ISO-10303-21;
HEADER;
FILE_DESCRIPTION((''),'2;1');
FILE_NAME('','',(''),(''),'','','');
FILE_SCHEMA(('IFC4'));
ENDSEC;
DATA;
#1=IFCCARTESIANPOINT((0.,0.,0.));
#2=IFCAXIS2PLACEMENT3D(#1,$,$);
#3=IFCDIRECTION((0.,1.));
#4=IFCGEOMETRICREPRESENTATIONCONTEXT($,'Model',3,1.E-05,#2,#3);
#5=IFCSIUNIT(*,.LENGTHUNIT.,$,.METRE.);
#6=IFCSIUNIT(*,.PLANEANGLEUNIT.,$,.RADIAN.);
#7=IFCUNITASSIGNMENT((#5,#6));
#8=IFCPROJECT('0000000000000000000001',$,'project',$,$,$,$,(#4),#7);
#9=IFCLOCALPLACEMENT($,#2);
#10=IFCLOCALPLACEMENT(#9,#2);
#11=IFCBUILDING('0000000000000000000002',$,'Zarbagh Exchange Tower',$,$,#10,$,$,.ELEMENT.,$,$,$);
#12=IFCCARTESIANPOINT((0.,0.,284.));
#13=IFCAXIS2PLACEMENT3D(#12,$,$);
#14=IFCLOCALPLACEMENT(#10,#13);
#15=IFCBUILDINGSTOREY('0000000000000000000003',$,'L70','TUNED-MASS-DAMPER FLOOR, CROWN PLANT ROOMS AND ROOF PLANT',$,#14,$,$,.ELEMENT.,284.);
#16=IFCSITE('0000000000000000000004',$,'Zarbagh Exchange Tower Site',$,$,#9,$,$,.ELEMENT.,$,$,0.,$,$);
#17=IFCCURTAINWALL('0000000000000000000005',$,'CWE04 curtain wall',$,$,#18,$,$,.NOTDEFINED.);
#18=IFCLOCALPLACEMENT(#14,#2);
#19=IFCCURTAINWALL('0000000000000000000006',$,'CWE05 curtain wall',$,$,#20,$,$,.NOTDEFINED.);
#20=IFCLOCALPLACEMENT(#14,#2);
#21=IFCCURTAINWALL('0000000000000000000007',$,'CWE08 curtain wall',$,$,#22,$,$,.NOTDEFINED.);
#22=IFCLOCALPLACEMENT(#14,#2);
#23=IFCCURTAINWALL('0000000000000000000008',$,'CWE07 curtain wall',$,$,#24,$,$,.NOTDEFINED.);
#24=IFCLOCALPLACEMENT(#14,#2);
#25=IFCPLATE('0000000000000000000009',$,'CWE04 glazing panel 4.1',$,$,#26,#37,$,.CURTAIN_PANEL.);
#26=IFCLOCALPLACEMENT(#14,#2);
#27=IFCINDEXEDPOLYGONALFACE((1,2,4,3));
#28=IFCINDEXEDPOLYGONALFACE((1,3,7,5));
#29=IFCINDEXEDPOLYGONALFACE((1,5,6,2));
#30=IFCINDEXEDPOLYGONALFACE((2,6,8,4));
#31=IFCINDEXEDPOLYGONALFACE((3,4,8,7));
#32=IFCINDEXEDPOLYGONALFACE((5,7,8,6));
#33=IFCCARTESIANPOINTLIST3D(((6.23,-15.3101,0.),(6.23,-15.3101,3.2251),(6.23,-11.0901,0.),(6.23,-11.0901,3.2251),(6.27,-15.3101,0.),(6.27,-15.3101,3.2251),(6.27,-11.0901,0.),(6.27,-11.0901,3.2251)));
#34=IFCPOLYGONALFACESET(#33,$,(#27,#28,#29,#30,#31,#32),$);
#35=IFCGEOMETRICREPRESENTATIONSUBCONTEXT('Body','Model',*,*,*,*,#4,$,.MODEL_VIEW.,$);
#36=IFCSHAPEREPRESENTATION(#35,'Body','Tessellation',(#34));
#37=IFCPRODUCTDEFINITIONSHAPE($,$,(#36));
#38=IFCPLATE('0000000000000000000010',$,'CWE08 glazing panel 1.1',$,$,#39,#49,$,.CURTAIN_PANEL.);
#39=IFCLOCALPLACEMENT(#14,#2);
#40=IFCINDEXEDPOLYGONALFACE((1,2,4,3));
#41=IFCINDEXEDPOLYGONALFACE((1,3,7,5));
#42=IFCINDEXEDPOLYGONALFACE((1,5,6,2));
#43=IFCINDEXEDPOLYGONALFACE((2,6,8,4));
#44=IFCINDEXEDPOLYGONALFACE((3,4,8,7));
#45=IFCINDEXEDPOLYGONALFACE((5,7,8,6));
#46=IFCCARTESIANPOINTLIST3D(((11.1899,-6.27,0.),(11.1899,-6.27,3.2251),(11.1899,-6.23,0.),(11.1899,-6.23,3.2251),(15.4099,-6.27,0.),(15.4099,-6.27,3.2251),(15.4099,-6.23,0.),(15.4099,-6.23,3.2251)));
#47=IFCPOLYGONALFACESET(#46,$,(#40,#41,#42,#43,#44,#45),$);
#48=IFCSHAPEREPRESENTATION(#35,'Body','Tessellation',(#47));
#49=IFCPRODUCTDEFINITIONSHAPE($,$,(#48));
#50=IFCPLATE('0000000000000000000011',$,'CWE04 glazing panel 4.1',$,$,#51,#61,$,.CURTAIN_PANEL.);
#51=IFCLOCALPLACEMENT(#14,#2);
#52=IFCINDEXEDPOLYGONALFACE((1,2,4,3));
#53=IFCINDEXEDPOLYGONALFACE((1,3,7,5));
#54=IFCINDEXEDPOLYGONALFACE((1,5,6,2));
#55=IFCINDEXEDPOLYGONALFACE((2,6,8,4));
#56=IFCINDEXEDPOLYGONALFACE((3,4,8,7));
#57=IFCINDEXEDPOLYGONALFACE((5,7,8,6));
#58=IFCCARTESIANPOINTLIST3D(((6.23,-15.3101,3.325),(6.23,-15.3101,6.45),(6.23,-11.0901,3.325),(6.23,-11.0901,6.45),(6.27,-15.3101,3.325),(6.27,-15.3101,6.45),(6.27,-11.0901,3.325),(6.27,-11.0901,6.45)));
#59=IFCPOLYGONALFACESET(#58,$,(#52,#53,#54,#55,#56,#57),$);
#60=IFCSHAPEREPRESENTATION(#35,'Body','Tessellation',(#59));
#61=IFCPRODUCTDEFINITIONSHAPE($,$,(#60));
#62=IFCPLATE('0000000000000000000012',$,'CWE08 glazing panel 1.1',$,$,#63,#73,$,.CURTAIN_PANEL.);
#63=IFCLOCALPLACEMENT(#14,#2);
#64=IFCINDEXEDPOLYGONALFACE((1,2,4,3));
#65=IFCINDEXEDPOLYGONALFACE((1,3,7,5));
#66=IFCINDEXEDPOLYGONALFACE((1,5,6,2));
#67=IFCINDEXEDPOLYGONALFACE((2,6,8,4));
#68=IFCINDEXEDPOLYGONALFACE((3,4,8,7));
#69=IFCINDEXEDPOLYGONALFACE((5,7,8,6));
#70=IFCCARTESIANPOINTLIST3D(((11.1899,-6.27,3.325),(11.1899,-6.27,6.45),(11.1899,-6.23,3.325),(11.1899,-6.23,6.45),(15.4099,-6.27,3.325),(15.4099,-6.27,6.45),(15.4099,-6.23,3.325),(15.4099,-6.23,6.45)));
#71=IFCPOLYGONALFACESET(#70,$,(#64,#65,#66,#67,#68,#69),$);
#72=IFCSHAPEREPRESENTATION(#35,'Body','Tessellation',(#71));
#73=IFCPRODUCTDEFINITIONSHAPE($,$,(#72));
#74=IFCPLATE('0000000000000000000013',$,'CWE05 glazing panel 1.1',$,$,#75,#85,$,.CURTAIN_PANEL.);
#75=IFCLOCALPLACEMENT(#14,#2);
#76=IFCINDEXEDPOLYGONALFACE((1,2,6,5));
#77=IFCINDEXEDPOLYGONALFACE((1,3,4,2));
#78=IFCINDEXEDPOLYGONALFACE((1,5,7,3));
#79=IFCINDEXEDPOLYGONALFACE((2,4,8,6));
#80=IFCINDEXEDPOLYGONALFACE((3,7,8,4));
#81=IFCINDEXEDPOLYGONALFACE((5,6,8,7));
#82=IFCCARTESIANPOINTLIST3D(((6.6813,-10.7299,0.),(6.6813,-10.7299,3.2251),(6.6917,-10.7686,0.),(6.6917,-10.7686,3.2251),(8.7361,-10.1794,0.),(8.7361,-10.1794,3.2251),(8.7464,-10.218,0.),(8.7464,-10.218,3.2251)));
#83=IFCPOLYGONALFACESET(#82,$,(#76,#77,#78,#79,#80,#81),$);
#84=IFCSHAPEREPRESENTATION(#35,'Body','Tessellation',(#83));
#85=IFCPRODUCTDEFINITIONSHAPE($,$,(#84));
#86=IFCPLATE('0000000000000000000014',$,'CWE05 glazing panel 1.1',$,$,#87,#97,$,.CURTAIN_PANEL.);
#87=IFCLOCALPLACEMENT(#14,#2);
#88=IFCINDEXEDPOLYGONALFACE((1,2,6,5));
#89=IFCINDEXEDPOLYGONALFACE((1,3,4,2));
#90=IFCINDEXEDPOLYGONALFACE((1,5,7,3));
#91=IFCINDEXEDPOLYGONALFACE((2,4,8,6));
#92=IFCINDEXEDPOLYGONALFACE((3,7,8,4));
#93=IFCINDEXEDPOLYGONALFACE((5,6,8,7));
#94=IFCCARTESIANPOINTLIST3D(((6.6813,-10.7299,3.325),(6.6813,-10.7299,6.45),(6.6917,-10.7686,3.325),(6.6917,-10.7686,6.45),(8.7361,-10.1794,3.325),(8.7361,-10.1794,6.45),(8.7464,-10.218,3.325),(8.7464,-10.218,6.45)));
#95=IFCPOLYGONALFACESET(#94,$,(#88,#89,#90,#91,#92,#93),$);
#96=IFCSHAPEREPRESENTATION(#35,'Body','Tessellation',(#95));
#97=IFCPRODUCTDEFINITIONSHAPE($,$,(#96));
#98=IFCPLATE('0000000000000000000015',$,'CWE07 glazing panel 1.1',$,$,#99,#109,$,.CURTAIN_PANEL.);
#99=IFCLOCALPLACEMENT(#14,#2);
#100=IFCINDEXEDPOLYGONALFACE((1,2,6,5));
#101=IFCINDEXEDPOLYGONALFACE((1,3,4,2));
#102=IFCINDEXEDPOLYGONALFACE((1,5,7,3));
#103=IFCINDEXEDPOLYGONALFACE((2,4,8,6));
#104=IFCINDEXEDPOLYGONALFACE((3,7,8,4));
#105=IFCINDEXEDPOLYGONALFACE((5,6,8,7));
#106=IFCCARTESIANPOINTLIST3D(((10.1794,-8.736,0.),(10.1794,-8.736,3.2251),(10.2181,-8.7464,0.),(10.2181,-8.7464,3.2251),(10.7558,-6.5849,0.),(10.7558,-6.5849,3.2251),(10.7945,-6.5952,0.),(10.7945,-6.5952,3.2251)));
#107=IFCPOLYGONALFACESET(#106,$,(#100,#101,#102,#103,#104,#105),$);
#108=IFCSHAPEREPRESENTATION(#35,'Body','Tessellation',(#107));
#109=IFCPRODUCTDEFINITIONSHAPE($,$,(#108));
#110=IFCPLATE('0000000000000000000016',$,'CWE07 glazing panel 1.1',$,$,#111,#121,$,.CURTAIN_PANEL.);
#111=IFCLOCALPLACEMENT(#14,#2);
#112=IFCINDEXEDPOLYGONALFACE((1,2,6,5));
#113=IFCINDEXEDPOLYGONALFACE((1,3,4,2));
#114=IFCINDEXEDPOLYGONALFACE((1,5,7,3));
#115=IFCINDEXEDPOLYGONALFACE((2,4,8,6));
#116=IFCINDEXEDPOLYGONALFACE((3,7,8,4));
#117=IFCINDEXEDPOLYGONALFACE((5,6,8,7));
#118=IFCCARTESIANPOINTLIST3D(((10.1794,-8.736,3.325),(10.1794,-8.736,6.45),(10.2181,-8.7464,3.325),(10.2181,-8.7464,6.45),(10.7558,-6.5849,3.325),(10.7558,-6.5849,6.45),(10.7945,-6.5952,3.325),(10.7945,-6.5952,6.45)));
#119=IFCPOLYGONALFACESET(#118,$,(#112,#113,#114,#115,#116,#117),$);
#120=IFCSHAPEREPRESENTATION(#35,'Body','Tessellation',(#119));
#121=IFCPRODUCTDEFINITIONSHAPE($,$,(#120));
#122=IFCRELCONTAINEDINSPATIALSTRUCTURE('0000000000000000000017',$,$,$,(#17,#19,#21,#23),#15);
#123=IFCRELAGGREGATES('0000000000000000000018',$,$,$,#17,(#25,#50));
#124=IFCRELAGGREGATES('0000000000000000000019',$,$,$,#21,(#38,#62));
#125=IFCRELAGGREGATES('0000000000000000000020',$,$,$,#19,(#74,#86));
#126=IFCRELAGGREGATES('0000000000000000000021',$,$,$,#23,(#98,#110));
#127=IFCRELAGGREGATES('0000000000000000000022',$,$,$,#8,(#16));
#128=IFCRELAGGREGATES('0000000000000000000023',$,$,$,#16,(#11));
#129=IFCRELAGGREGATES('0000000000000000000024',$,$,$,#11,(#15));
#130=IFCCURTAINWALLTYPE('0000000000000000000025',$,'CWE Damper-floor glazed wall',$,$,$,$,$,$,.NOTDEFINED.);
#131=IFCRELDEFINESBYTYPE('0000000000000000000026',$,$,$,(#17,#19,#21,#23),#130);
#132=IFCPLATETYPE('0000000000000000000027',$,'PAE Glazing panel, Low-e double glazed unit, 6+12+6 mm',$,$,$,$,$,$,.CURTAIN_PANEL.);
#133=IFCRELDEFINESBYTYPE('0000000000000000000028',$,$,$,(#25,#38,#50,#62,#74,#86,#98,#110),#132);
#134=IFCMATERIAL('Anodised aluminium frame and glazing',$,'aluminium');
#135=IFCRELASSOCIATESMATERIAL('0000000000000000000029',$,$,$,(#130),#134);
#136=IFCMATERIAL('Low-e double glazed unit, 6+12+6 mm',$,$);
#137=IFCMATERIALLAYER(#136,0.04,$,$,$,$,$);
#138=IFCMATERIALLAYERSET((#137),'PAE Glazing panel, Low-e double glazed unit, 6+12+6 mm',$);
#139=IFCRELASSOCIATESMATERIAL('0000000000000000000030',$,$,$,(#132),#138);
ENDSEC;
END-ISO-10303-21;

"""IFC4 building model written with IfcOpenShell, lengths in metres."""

from ifc_helpers import new_model, si_unit, direction, frame, origin, place, context, subcontext, project, spatial, polyline, outline, extrude, source, transform, mapped, material, layer, layer_set, type_object, element, aggregate, save


model = new_model("IFC4")

# Units and contexts
model_context = context("Model", 3, precision=1e-05, world=origin(), true_north=direction((0.0, 1.0)))
body_context = subcontext(model_context, "Body", "Model", "MODEL_VIEW")
ifc_project = project(units=[si_unit("LENGTHUNIT", "METRE"), si_unit("PLANEANGLEUNIT", "RADIAN")], contexts=[model_context])

# Site, building, storey
site_placement = place(None, origin())
site = spatial("IfcSite", under=ifc_project, at=site_placement, Name="Zarbagh Exchange Tower Site", CompositionType="ELEMENT", RefElevation=0.0)
building_placement = place(site_placement, origin())
building = spatial("IfcBuilding", under=site, at=building_placement, Name="Zarbagh Exchange Tower", CompositionType="ELEMENT")
storey_placement = place(building_placement, frame((0.0, 0.0, 284.0)))
storey = spatial("IfcBuildingStorey", under=building, at=storey_placement, Name="L70", Description="TUNED-MASS-DAMPER FLOOR, CROWN PLANT ROOMS AND ROOF PLANT", CompositionType="ELEMENT", Elevation=284.0)

# Curtain walls
ifc_material_1 = material(Name="Anodised aluminium frame and glazing", Category="aluminium")
curtain_wall_type = type_object("IfcCurtainWallType", Name="CWE Damper-floor glazed wall", PredefinedType="NOTDEFINED", material=ifc_material_1)
curtain_wall_1_placement = place(storey_placement, origin())
curtain_wall_1 = element("IfcCurtainWall", 1, at=curtain_wall_1_placement, inside=storey, type_object=curtain_wall_type, Name="CWE04 curtain wall", PredefinedType="NOTDEFINED")
placement = place(storey_placement, origin())
curtain_wall_2_placement = place(storey_placement, origin())
curtain_wall_2 = element("IfcCurtainWall", 2, at=curtain_wall_2_placement, inside=storey, type_object=curtain_wall_type, Name="CWE05 curtain wall", PredefinedType="NOTDEFINED")

# Curtain wall
curtain_wall_3_placement = place(storey_placement, origin())
curtain_wall_3 = element("IfcCurtainWall", 3, at=curtain_wall_3_placement, inside=storey, type_object=curtain_wall_type, Name="CWE08 curtain wall", PredefinedType="NOTDEFINED")

# Curtain wall
curtain_wall_4_placement = place(storey_placement, origin())
curtain_wall_4 = element("IfcCurtainWall", 4, at=curtain_wall_4_placement, inside=storey, type_object=curtain_wall_type, Name="CWE07 curtain wall", PredefinedType="NOTDEFINED")

# Plates
ifc_material_2 = material(Name="Low-e double glazed unit, 6+12+6 mm")
ifc_layer = layer(ifc_material_2, 0.04)
ifc_layer_set = layer_set([ifc_layer], Name="PAE Glazing panel, Low-e double glazed unit, 6+12+6 mm")
plate_type = type_object("IfcPlateType", Name="PAE Glazing panel, Low-e double glazed unit, 6+12+6 mm", PredefinedType="CURTAIN_PANEL", material=ifc_layer_set)
shared_shape_1 = source(origin(), body_context, "Body", "SweptSolid", [
    extrude(outline(polyline([(0.0, -0.02), (4.22, -0.02), (4.22, 0.02), (0.0, 0.02), (0.0, -0.02)])), origin(), (0.0, 0.0, 1.0), 3.2251),
])
plate_1 = element("IfcPlate", 5, at=placement, type_object=plate_type, Name="CWE04 glazing panel 4.1", PredefinedType="CURTAIN_PANEL", context=body_context, shape_type="MappedRepresentation", body=[
    mapped(shared_shape_1, transform((6.25, -15.3101, 0.0), x_axis=(0.0, 1.0, 0.0), y_axis=(-1.0, 0.0, 0.0), z_axis=(0.0, 0.0, 1.0))),
])
plate_2 = element("IfcPlate", 6, at=placement, type_object=plate_type, Name="CWE08 glazing panel 1.1", PredefinedType="CURTAIN_PANEL", context=body_context, shape_type="MappedRepresentation", body=[
    mapped(shared_shape_1, transform((11.1899, -6.25, 0.0), x_axis=(1.0, 0.0, 0.0), y_axis=(0.0, 1.0, 0.0), z_axis=(0.0, 0.0, 1.0))),
])
shared_shape_2 = source(origin(), body_context, "Body", "SweptSolid", [
    extrude(outline(polyline([(0.0, -0.02), (4.22, -0.02), (4.22, 0.02), (0.0, 0.02), (0.0, -0.02)])), origin(), (0.0, 0.0, 1.0), 3.125),
])
plate_3 = element("IfcPlate", 7, at=placement, type_object=plate_type, Name="CWE04 glazing panel 4.1", PredefinedType="CURTAIN_PANEL", context=body_context, shape_type="MappedRepresentation", body=[
    mapped(shared_shape_2, transform((6.25, -15.3101, 3.325), x_axis=(0.0, 1.0, 0.0), y_axis=(-1.0, 0.0, 0.0), z_axis=(0.0, 0.0, 1.0))),
])
aggregate(curtain_wall_1, [plate_1, plate_3])
plate_4 = element("IfcPlate", 8, at=placement, type_object=plate_type, Name="CWE08 glazing panel 1.1", PredefinedType="CURTAIN_PANEL", context=body_context, shape_type="MappedRepresentation", body=[
    mapped(shared_shape_2, transform((11.1899, -6.25, 3.325), x_axis=(1.0, 0.0, 0.0), y_axis=(0.0, 1.0, 0.0), z_axis=(0.0, 0.0, 1.0))),
])
aggregate(curtain_wall_3, [plate_2, plate_4])
shared_shape_3 = source(origin(), body_context, "Body", "SweptSolid", [
    extrude(outline(polyline([(0.0, -0.02), (2.1272, -0.02), (2.1272, 0.02), (0.0, 0.02), (0.0, -0.02)])), origin(), (0.0, 0.0, 1.0), 3.2251),
])
plate_5 = element("IfcPlate", 9, at=placement, type_object=plate_type, Name="CWE05 glazing panel 1.1", PredefinedType="CURTAIN_PANEL", context=body_context, shape_type="MappedRepresentation", body=[
    mapped(shared_shape_3, transform((6.6865, -10.7493, 0.0), x_axis=(0.965924, 0.258825, 0.0), y_axis=(-0.258825, 0.965924, 0.0), z_axis=(0.0, 0.0, 1.0))),
])
shared_shape_4 = source(origin(), body_context, "Body", "SweptSolid", [
    extrude(outline(polyline([(0.0, -0.02), (2.1272, -0.02), (2.1272, 0.02), (0.0, 0.02), (0.0, -0.02)])), origin(), (0.0, 0.0, 1.0), 3.125),
])
plate_6 = element("IfcPlate", 10, at=placement, type_object=plate_type, Name="CWE05 glazing panel 1.1", PredefinedType="CURTAIN_PANEL", context=body_context, shape_type="MappedRepresentation", body=[
    mapped(shared_shape_4, transform((6.6865, -10.7493, 3.325), x_axis=(0.965924, 0.258825, 0.0), y_axis=(-0.258825, 0.965924, 0.0), z_axis=(0.0, 0.0, 1.0))),
])
aggregate(curtain_wall_2, [plate_5, plate_6])
shared_shape_5 = source(origin(), body_context, "Body", "SweptSolid", [
    extrude(outline(polyline([(0.0, -0.02), (2.2271, -0.02), (2.2271, 0.02), (0.0, 0.02), (0.0, -0.02)])), origin(), (0.0, 0.0, 1.0), 3.2251),
])
plate_7 = element("IfcPlate", 11, at=placement, type_object=plate_type, Name="CWE07 glazing panel 1.1", PredefinedType="CURTAIN_PANEL", context=body_context, shape_type="MappedRepresentation", body=[
    mapped(shared_shape_5, transform((10.1987, -8.7412, 0.0), x_axis=(0.258825, 0.965924, 0.0), y_axis=(-0.965924, 0.258825, 0.0), z_axis=(0.0, 0.0, 1.0))),
])
shared_shape_6 = source(origin(), body_context, "Body", "SweptSolid", [
    extrude(outline(polyline([(0.0, -0.02), (2.2271, -0.02), (2.2271, 0.02), (0.0, 0.02), (0.0, -0.02)])), origin(), (0.0, 0.0, 1.0), 3.125),
])
plate_8 = element("IfcPlate", 12, at=placement, type_object=plate_type, Name="CWE07 glazing panel 1.1", PredefinedType="CURTAIN_PANEL", context=body_context, shape_type="MappedRepresentation", body=[
    mapped(shared_shape_6, transform((10.1987, -8.7412, 3.325), x_axis=(0.258825, 0.965924, 0.0), y_axis=(-0.965924, 0.258825, 0.0), z_axis=(0.0, 0.0, 1.0))),
])
aggregate(curtain_wall_4, [plate_7, plate_8])

save(model, "model.ifc")
